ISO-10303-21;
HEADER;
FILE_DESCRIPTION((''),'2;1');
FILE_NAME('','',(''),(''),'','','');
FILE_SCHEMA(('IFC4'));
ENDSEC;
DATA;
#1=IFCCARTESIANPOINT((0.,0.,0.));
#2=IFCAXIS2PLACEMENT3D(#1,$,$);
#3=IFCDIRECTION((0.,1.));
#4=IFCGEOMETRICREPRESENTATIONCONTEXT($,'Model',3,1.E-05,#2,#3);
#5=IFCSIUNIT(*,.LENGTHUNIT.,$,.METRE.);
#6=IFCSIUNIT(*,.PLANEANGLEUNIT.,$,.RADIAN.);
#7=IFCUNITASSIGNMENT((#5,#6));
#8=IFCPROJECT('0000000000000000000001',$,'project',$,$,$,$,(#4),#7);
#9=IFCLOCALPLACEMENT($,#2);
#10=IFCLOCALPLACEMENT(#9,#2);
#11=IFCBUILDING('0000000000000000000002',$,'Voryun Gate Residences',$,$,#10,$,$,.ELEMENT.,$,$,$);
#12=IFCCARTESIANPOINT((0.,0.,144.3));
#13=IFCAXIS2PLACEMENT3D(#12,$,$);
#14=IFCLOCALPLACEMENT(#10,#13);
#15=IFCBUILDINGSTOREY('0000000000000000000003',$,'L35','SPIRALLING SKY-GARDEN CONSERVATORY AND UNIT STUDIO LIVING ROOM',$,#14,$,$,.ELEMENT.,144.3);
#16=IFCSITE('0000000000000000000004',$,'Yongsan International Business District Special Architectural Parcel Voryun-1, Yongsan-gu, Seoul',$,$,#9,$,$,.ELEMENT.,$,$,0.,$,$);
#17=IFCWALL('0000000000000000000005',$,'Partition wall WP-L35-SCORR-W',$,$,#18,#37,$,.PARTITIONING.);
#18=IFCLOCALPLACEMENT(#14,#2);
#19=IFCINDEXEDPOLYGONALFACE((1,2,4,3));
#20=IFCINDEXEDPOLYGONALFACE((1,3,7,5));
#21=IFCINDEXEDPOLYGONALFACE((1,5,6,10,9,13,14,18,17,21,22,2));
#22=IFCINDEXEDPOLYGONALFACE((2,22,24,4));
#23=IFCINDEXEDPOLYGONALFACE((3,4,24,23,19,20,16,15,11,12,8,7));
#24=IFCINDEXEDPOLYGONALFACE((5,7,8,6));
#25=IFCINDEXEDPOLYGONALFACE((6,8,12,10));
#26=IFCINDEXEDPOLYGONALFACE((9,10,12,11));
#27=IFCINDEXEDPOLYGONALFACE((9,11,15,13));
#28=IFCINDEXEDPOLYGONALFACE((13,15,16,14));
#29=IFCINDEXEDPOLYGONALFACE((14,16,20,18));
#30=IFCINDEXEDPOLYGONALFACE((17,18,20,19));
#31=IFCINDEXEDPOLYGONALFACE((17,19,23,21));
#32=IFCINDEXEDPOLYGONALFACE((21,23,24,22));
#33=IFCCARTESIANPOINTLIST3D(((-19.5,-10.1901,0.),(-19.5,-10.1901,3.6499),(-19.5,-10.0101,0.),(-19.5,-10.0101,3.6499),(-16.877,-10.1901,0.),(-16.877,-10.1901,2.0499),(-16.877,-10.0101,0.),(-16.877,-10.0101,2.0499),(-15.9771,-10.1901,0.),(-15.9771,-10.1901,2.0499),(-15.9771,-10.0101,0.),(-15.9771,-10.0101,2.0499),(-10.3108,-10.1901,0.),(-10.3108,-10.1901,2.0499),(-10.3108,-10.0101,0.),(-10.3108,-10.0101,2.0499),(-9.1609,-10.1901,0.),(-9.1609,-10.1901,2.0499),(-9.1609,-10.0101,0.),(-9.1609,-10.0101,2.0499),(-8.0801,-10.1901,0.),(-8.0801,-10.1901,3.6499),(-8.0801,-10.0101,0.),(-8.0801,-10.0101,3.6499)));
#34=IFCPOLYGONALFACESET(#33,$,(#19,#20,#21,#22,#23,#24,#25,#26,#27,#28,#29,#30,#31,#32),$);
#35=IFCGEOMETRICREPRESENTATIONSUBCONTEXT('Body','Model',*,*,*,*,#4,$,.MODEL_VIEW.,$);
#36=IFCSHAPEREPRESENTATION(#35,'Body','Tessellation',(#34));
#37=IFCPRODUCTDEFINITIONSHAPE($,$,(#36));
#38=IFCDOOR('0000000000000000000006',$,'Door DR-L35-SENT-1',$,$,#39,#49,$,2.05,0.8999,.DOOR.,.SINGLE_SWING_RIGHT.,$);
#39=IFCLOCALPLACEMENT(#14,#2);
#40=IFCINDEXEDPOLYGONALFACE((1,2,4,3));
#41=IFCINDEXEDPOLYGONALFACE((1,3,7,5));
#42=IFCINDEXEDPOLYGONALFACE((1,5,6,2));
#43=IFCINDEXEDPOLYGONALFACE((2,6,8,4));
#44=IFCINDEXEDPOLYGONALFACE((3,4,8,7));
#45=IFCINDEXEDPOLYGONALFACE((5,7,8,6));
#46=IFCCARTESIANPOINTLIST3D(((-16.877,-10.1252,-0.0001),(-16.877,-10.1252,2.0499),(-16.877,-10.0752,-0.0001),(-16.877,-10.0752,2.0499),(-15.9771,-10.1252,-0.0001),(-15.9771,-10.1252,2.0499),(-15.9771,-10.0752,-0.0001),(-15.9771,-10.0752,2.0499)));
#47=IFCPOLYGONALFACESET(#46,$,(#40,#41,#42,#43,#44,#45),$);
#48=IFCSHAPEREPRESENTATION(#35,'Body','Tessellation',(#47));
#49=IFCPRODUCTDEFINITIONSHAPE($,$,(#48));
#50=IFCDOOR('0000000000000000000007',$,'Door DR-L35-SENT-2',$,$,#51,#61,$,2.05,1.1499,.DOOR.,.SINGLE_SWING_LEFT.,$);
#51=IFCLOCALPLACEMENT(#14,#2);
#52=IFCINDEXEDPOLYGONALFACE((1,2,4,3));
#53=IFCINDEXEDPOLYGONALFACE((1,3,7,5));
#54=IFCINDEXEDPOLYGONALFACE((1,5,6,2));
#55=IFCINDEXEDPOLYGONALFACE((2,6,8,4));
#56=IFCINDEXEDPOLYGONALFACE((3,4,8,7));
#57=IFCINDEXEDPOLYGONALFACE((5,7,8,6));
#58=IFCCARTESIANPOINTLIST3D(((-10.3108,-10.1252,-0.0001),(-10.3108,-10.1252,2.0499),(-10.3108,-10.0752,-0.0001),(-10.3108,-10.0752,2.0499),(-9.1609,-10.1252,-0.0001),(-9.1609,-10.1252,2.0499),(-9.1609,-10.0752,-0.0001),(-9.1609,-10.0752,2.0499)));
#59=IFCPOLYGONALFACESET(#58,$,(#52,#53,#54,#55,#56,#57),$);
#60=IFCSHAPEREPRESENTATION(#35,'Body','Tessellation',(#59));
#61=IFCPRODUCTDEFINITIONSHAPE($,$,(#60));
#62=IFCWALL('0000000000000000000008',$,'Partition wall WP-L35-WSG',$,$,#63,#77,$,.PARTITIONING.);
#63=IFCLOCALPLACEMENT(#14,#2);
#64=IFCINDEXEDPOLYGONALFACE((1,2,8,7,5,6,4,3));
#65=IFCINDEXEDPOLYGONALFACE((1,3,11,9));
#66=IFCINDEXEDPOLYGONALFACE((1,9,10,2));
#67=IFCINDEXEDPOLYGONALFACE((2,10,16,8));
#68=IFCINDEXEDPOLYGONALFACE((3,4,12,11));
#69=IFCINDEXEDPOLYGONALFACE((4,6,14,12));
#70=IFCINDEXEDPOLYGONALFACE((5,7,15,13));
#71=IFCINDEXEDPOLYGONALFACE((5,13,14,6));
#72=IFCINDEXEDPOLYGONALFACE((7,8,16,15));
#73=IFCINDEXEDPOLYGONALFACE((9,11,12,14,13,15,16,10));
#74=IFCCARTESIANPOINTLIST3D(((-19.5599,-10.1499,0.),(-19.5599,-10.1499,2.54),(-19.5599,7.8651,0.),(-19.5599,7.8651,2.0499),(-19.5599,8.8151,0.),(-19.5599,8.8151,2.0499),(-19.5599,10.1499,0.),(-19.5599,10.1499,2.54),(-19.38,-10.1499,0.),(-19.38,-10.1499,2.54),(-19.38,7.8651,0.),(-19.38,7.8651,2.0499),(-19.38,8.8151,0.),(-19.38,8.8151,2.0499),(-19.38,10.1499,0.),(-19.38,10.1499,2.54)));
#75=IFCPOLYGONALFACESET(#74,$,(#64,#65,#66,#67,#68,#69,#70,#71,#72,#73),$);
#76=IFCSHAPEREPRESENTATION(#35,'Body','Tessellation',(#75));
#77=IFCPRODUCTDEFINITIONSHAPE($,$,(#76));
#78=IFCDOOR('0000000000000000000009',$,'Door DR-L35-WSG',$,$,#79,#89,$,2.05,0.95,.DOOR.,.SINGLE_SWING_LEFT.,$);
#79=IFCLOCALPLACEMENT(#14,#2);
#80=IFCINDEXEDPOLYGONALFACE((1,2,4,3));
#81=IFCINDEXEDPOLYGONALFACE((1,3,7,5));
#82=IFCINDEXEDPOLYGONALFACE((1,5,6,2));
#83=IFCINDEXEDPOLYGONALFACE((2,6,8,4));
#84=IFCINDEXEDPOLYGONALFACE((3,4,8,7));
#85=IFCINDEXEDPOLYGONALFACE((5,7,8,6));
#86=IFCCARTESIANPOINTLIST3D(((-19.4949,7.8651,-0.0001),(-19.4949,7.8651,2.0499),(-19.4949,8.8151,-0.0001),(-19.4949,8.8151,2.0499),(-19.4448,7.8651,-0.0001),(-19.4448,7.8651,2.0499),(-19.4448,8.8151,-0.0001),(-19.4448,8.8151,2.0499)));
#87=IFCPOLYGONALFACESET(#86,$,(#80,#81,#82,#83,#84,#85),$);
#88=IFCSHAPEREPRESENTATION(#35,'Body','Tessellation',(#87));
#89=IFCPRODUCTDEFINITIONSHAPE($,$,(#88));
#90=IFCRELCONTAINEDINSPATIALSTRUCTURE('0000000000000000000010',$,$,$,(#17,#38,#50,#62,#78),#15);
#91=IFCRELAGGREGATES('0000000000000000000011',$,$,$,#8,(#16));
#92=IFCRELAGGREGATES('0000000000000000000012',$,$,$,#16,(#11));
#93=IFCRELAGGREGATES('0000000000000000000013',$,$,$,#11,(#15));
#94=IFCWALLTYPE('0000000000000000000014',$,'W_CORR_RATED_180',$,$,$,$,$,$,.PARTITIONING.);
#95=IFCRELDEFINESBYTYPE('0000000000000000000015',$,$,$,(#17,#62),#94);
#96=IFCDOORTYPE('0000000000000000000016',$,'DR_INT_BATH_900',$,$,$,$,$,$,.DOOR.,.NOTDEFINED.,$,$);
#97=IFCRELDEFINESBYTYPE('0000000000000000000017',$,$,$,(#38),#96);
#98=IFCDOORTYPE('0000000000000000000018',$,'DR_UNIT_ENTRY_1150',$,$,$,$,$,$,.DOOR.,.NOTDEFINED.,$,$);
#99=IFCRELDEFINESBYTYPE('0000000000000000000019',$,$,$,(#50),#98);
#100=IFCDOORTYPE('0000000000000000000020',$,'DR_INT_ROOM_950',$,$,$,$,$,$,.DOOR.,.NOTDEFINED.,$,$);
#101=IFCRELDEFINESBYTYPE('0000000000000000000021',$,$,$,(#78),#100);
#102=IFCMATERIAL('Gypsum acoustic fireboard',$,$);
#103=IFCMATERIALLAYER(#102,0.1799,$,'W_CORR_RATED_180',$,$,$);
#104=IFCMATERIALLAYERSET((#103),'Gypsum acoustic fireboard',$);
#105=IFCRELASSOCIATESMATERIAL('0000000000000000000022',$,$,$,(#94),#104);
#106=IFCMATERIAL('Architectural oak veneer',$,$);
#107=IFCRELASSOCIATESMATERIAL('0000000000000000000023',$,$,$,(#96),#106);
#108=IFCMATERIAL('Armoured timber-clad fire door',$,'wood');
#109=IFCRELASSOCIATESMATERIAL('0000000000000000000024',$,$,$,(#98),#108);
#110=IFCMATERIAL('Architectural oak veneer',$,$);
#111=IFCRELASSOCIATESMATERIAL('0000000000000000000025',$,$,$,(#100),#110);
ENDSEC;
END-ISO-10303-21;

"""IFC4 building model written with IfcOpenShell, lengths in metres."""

from ifc_helpers import new_model, si_unit, direction, frame, frame_2d, origin, place, context, subcontext, project, spatial, rectangle, extrude, material, layer, layer_set, type_object, element, fill, save


model = new_model("IFC4")

# Units and contexts
model_context = context("Model", 3, precision=1e-05, world=origin(), true_north=direction((0.0, 1.0)))
body_context = subcontext(model_context, "Body", "Model", "MODEL_VIEW")
ifc_project = project(units=[si_unit("LENGTHUNIT", "METRE"), si_unit("PLANEANGLEUNIT", "RADIAN")], contexts=[model_context])

# Site, building, storey
site_placement = place(None, origin())
site = spatial("IfcSite", under=ifc_project, at=site_placement, Name="Yongsan International Business District Special Architectural Parcel Voryun-1, Yongsan-gu, Seoul", CompositionType="ELEMENT", RefElevation=0.0)
building_placement = place(site_placement, origin())
building = spatial("IfcBuilding", under=site, at=building_placement, Name="Voryun Gate Residences", CompositionType="ELEMENT")
storey_placement = place(building_placement, frame((0.0, 0.0, 144.3)))
storey = spatial("IfcBuildingStorey", under=building, at=storey_placement, Name="L35", Description="SPIRALLING SKY-GARDEN CONSERVATORY AND UNIT STUDIO LIVING ROOM", CompositionType="ELEMENT", Elevation=144.3)

# Wall, openings, doors
ifc_material_1 = material(Name="Gypsum acoustic fireboard")
ifc_layer_1 = layer(ifc_material_1, 0.1799, Name="W_CORR_RATED_180")
ifc_layer_set_1 = layer_set([ifc_layer_1], Name="Gypsum acoustic fireboard")
wall_type = type_object("IfcWallType", Name="W_CORR_RATED_180", PredefinedType="PARTITIONING", material=ifc_layer_set_1)
wall_1_placement = place(storey_placement, frame((-19.5, -10.1001, 0.0), z_axis=(0.0, 0.0, 1.0), x_axis=(1.0, 0.0, 0.0)))
wall_1 = element("IfcWall", 1, at=wall_1_placement, inside=storey, type_object=wall_type, Name="Partition wall WP-L35-SCORR-W", PredefinedType="PARTITIONING", context=body_context, shape_type="SweptSolid", body=[
    extrude(rectangle(XDim=11.4199, YDim=0.1799, at=frame_2d((5.71, 0.0))), origin(), (0.0, 0.0, 1.0), 3.6499),
])
opening_1_placement = place(wall_1_placement, frame((2.623, 0.0, 0.0)))
opening_1 = element("IfcOpeningElement", 2, at=opening_1_placement, cuts=wall_1, PredefinedType="OPENING", context=body_context, shape_type="SweptSolid", body=[
    extrude(rectangle(XDim=0.8999, YDim=2.05, at=frame_2d((0.45, 1.0249))), frame((0.0, 0.0999, 0.0), z_axis=(0.0, -1.0, 0.0), x_axis=(1.0, 0.0, 0.0)), (0.0, 0.0, 1.0), 0.2),
])
opening_2_placement = place(wall_1_placement, frame((9.1892, 0.0, 0.0)))
opening_2 = element("IfcOpeningElement", 3, at=opening_2_placement, cuts=wall_1, PredefinedType="OPENING", context=body_context, shape_type="SweptSolid", body=[
    extrude(rectangle(XDim=1.1499, YDim=2.05, at=frame_2d((0.575, 1.0249))), frame((0.0, 0.0999, 0.0), z_axis=(0.0, -1.0, 0.0), x_axis=(1.0, 0.0, 0.0)), (0.0, 0.0, 1.0), 0.2),
])
ifc_material_2 = material(Name="Architectural oak veneer")
door_type_1 = type_object("IfcDoorType", Name="DR_INT_BATH_900", OperationType="NOTDEFINED", PredefinedType="DOOR", material=ifc_material_2)
door_1_placement = place(opening_1_placement, origin())
door_1 = element("IfcDoor", 4, at=door_1_placement, inside=storey, type_object=door_type_1, Name="Door DR-L35-SENT-1", OperationType="SINGLE_SWING_RIGHT", OverallHeight=2.05, OverallWidth=0.8999, PredefinedType="DOOR", context=body_context, shape_type="SweptSolid", body=[
    extrude(rectangle(XDim=0.8999, YDim=2.05, at=frame_2d((0.45, 1.0249))), frame((0.0, 0.0249, 0.0), z_axis=(0.0, -1.0, 0.0), x_axis=(1.0, 0.0, 0.0)), (0.0, 0.0, 1.0), 0.05),
])
fill(opening_1, door_1)
ifc_material_3 = material(Name="Armoured timber-clad fire door", Category="wood")
door_type_2 = type_object("IfcDoorType", Name="DR_UNIT_ENTRY_1150", OperationType="NOTDEFINED", PredefinedType="DOOR", material=ifc_material_3)
door_2_placement = place(opening_2_placement, origin())
door_2 = element("IfcDoor", 5, at=door_2_placement, inside=storey, type_object=door_type_2, Name="Door DR-L35-SENT-2", OperationType="SINGLE_SWING_LEFT", OverallHeight=2.05, OverallWidth=1.1499, PredefinedType="DOOR", context=body_context, shape_type="SweptSolid", body=[
    extrude(rectangle(XDim=1.1499, YDim=2.05, at=frame_2d((0.575, 1.0249))), frame((0.0, 0.0249, 0.0), z_axis=(0.0, -1.0, 0.0), x_axis=(1.0, 0.0, 0.0)), (0.0, 0.0, 1.0), 0.05),
])
fill(opening_2, door_2)

# Wall, opening, door
wall_2_placement = place(storey_placement, frame((-19.47, -10.1499, 0.0), z_axis=(0.0, 0.0, 1.0), x_axis=(0.0, 1.0, 0.0)))
wall_2 = element("IfcWall", 6, at=wall_2_placement, inside=storey, type_object=wall_type, Name="Partition wall WP-L35-WSG", PredefinedType="PARTITIONING", context=body_context, shape_type="SweptSolid", body=[
    extrude(rectangle(XDim=20.2998, YDim=0.1799, at=frame_2d((10.1499, 0.0))), origin(), (0.0, 0.0, 1.0), 2.54),
])
opening_3_placement = place(wall_2_placement, frame((18.0149, 0.0, 0.0)))
opening_3 = element("IfcOpeningElement", 7, at=opening_3_placement, cuts=wall_2, PredefinedType="OPENING", context=body_context, shape_type="SweptSolid", body=[
    extrude(rectangle(XDim=0.95, YDim=2.05, at=frame_2d((0.4751, 1.0249))), frame((0.0, 0.0999, 0.0), z_axis=(0.0, -1.0, 0.0), x_axis=(1.0, 0.0, 0.0)), (0.0, 0.0, 1.0), 0.2),
])
ifc_material_4 = material(Name="Architectural oak veneer")
door_type_3 = type_object("IfcDoorType", Name="DR_INT_ROOM_950", OperationType="NOTDEFINED", PredefinedType="DOOR", material=ifc_material_4)
door_3_placement = place(opening_3_placement, origin())
door_3 = element("IfcDoor", 8, at=door_3_placement, inside=storey, type_object=door_type_3, Name="Door DR-L35-WSG", OperationType="SINGLE_SWING_LEFT", OverallHeight=2.05, OverallWidth=0.95, PredefinedType="DOOR", context=body_context, shape_type="SweptSolid", body=[
    extrude(rectangle(XDim=0.95, YDim=2.05, at=frame_2d((0.4751, 1.0249))), frame((0.0, 0.0249, 0.0), z_axis=(0.0, -1.0, 0.0), x_axis=(1.0, 0.0, 0.0)), (0.0, 0.0, 1.0), 0.05),
])
fill(opening_3, door_3)

save(model, "model.ifc")
